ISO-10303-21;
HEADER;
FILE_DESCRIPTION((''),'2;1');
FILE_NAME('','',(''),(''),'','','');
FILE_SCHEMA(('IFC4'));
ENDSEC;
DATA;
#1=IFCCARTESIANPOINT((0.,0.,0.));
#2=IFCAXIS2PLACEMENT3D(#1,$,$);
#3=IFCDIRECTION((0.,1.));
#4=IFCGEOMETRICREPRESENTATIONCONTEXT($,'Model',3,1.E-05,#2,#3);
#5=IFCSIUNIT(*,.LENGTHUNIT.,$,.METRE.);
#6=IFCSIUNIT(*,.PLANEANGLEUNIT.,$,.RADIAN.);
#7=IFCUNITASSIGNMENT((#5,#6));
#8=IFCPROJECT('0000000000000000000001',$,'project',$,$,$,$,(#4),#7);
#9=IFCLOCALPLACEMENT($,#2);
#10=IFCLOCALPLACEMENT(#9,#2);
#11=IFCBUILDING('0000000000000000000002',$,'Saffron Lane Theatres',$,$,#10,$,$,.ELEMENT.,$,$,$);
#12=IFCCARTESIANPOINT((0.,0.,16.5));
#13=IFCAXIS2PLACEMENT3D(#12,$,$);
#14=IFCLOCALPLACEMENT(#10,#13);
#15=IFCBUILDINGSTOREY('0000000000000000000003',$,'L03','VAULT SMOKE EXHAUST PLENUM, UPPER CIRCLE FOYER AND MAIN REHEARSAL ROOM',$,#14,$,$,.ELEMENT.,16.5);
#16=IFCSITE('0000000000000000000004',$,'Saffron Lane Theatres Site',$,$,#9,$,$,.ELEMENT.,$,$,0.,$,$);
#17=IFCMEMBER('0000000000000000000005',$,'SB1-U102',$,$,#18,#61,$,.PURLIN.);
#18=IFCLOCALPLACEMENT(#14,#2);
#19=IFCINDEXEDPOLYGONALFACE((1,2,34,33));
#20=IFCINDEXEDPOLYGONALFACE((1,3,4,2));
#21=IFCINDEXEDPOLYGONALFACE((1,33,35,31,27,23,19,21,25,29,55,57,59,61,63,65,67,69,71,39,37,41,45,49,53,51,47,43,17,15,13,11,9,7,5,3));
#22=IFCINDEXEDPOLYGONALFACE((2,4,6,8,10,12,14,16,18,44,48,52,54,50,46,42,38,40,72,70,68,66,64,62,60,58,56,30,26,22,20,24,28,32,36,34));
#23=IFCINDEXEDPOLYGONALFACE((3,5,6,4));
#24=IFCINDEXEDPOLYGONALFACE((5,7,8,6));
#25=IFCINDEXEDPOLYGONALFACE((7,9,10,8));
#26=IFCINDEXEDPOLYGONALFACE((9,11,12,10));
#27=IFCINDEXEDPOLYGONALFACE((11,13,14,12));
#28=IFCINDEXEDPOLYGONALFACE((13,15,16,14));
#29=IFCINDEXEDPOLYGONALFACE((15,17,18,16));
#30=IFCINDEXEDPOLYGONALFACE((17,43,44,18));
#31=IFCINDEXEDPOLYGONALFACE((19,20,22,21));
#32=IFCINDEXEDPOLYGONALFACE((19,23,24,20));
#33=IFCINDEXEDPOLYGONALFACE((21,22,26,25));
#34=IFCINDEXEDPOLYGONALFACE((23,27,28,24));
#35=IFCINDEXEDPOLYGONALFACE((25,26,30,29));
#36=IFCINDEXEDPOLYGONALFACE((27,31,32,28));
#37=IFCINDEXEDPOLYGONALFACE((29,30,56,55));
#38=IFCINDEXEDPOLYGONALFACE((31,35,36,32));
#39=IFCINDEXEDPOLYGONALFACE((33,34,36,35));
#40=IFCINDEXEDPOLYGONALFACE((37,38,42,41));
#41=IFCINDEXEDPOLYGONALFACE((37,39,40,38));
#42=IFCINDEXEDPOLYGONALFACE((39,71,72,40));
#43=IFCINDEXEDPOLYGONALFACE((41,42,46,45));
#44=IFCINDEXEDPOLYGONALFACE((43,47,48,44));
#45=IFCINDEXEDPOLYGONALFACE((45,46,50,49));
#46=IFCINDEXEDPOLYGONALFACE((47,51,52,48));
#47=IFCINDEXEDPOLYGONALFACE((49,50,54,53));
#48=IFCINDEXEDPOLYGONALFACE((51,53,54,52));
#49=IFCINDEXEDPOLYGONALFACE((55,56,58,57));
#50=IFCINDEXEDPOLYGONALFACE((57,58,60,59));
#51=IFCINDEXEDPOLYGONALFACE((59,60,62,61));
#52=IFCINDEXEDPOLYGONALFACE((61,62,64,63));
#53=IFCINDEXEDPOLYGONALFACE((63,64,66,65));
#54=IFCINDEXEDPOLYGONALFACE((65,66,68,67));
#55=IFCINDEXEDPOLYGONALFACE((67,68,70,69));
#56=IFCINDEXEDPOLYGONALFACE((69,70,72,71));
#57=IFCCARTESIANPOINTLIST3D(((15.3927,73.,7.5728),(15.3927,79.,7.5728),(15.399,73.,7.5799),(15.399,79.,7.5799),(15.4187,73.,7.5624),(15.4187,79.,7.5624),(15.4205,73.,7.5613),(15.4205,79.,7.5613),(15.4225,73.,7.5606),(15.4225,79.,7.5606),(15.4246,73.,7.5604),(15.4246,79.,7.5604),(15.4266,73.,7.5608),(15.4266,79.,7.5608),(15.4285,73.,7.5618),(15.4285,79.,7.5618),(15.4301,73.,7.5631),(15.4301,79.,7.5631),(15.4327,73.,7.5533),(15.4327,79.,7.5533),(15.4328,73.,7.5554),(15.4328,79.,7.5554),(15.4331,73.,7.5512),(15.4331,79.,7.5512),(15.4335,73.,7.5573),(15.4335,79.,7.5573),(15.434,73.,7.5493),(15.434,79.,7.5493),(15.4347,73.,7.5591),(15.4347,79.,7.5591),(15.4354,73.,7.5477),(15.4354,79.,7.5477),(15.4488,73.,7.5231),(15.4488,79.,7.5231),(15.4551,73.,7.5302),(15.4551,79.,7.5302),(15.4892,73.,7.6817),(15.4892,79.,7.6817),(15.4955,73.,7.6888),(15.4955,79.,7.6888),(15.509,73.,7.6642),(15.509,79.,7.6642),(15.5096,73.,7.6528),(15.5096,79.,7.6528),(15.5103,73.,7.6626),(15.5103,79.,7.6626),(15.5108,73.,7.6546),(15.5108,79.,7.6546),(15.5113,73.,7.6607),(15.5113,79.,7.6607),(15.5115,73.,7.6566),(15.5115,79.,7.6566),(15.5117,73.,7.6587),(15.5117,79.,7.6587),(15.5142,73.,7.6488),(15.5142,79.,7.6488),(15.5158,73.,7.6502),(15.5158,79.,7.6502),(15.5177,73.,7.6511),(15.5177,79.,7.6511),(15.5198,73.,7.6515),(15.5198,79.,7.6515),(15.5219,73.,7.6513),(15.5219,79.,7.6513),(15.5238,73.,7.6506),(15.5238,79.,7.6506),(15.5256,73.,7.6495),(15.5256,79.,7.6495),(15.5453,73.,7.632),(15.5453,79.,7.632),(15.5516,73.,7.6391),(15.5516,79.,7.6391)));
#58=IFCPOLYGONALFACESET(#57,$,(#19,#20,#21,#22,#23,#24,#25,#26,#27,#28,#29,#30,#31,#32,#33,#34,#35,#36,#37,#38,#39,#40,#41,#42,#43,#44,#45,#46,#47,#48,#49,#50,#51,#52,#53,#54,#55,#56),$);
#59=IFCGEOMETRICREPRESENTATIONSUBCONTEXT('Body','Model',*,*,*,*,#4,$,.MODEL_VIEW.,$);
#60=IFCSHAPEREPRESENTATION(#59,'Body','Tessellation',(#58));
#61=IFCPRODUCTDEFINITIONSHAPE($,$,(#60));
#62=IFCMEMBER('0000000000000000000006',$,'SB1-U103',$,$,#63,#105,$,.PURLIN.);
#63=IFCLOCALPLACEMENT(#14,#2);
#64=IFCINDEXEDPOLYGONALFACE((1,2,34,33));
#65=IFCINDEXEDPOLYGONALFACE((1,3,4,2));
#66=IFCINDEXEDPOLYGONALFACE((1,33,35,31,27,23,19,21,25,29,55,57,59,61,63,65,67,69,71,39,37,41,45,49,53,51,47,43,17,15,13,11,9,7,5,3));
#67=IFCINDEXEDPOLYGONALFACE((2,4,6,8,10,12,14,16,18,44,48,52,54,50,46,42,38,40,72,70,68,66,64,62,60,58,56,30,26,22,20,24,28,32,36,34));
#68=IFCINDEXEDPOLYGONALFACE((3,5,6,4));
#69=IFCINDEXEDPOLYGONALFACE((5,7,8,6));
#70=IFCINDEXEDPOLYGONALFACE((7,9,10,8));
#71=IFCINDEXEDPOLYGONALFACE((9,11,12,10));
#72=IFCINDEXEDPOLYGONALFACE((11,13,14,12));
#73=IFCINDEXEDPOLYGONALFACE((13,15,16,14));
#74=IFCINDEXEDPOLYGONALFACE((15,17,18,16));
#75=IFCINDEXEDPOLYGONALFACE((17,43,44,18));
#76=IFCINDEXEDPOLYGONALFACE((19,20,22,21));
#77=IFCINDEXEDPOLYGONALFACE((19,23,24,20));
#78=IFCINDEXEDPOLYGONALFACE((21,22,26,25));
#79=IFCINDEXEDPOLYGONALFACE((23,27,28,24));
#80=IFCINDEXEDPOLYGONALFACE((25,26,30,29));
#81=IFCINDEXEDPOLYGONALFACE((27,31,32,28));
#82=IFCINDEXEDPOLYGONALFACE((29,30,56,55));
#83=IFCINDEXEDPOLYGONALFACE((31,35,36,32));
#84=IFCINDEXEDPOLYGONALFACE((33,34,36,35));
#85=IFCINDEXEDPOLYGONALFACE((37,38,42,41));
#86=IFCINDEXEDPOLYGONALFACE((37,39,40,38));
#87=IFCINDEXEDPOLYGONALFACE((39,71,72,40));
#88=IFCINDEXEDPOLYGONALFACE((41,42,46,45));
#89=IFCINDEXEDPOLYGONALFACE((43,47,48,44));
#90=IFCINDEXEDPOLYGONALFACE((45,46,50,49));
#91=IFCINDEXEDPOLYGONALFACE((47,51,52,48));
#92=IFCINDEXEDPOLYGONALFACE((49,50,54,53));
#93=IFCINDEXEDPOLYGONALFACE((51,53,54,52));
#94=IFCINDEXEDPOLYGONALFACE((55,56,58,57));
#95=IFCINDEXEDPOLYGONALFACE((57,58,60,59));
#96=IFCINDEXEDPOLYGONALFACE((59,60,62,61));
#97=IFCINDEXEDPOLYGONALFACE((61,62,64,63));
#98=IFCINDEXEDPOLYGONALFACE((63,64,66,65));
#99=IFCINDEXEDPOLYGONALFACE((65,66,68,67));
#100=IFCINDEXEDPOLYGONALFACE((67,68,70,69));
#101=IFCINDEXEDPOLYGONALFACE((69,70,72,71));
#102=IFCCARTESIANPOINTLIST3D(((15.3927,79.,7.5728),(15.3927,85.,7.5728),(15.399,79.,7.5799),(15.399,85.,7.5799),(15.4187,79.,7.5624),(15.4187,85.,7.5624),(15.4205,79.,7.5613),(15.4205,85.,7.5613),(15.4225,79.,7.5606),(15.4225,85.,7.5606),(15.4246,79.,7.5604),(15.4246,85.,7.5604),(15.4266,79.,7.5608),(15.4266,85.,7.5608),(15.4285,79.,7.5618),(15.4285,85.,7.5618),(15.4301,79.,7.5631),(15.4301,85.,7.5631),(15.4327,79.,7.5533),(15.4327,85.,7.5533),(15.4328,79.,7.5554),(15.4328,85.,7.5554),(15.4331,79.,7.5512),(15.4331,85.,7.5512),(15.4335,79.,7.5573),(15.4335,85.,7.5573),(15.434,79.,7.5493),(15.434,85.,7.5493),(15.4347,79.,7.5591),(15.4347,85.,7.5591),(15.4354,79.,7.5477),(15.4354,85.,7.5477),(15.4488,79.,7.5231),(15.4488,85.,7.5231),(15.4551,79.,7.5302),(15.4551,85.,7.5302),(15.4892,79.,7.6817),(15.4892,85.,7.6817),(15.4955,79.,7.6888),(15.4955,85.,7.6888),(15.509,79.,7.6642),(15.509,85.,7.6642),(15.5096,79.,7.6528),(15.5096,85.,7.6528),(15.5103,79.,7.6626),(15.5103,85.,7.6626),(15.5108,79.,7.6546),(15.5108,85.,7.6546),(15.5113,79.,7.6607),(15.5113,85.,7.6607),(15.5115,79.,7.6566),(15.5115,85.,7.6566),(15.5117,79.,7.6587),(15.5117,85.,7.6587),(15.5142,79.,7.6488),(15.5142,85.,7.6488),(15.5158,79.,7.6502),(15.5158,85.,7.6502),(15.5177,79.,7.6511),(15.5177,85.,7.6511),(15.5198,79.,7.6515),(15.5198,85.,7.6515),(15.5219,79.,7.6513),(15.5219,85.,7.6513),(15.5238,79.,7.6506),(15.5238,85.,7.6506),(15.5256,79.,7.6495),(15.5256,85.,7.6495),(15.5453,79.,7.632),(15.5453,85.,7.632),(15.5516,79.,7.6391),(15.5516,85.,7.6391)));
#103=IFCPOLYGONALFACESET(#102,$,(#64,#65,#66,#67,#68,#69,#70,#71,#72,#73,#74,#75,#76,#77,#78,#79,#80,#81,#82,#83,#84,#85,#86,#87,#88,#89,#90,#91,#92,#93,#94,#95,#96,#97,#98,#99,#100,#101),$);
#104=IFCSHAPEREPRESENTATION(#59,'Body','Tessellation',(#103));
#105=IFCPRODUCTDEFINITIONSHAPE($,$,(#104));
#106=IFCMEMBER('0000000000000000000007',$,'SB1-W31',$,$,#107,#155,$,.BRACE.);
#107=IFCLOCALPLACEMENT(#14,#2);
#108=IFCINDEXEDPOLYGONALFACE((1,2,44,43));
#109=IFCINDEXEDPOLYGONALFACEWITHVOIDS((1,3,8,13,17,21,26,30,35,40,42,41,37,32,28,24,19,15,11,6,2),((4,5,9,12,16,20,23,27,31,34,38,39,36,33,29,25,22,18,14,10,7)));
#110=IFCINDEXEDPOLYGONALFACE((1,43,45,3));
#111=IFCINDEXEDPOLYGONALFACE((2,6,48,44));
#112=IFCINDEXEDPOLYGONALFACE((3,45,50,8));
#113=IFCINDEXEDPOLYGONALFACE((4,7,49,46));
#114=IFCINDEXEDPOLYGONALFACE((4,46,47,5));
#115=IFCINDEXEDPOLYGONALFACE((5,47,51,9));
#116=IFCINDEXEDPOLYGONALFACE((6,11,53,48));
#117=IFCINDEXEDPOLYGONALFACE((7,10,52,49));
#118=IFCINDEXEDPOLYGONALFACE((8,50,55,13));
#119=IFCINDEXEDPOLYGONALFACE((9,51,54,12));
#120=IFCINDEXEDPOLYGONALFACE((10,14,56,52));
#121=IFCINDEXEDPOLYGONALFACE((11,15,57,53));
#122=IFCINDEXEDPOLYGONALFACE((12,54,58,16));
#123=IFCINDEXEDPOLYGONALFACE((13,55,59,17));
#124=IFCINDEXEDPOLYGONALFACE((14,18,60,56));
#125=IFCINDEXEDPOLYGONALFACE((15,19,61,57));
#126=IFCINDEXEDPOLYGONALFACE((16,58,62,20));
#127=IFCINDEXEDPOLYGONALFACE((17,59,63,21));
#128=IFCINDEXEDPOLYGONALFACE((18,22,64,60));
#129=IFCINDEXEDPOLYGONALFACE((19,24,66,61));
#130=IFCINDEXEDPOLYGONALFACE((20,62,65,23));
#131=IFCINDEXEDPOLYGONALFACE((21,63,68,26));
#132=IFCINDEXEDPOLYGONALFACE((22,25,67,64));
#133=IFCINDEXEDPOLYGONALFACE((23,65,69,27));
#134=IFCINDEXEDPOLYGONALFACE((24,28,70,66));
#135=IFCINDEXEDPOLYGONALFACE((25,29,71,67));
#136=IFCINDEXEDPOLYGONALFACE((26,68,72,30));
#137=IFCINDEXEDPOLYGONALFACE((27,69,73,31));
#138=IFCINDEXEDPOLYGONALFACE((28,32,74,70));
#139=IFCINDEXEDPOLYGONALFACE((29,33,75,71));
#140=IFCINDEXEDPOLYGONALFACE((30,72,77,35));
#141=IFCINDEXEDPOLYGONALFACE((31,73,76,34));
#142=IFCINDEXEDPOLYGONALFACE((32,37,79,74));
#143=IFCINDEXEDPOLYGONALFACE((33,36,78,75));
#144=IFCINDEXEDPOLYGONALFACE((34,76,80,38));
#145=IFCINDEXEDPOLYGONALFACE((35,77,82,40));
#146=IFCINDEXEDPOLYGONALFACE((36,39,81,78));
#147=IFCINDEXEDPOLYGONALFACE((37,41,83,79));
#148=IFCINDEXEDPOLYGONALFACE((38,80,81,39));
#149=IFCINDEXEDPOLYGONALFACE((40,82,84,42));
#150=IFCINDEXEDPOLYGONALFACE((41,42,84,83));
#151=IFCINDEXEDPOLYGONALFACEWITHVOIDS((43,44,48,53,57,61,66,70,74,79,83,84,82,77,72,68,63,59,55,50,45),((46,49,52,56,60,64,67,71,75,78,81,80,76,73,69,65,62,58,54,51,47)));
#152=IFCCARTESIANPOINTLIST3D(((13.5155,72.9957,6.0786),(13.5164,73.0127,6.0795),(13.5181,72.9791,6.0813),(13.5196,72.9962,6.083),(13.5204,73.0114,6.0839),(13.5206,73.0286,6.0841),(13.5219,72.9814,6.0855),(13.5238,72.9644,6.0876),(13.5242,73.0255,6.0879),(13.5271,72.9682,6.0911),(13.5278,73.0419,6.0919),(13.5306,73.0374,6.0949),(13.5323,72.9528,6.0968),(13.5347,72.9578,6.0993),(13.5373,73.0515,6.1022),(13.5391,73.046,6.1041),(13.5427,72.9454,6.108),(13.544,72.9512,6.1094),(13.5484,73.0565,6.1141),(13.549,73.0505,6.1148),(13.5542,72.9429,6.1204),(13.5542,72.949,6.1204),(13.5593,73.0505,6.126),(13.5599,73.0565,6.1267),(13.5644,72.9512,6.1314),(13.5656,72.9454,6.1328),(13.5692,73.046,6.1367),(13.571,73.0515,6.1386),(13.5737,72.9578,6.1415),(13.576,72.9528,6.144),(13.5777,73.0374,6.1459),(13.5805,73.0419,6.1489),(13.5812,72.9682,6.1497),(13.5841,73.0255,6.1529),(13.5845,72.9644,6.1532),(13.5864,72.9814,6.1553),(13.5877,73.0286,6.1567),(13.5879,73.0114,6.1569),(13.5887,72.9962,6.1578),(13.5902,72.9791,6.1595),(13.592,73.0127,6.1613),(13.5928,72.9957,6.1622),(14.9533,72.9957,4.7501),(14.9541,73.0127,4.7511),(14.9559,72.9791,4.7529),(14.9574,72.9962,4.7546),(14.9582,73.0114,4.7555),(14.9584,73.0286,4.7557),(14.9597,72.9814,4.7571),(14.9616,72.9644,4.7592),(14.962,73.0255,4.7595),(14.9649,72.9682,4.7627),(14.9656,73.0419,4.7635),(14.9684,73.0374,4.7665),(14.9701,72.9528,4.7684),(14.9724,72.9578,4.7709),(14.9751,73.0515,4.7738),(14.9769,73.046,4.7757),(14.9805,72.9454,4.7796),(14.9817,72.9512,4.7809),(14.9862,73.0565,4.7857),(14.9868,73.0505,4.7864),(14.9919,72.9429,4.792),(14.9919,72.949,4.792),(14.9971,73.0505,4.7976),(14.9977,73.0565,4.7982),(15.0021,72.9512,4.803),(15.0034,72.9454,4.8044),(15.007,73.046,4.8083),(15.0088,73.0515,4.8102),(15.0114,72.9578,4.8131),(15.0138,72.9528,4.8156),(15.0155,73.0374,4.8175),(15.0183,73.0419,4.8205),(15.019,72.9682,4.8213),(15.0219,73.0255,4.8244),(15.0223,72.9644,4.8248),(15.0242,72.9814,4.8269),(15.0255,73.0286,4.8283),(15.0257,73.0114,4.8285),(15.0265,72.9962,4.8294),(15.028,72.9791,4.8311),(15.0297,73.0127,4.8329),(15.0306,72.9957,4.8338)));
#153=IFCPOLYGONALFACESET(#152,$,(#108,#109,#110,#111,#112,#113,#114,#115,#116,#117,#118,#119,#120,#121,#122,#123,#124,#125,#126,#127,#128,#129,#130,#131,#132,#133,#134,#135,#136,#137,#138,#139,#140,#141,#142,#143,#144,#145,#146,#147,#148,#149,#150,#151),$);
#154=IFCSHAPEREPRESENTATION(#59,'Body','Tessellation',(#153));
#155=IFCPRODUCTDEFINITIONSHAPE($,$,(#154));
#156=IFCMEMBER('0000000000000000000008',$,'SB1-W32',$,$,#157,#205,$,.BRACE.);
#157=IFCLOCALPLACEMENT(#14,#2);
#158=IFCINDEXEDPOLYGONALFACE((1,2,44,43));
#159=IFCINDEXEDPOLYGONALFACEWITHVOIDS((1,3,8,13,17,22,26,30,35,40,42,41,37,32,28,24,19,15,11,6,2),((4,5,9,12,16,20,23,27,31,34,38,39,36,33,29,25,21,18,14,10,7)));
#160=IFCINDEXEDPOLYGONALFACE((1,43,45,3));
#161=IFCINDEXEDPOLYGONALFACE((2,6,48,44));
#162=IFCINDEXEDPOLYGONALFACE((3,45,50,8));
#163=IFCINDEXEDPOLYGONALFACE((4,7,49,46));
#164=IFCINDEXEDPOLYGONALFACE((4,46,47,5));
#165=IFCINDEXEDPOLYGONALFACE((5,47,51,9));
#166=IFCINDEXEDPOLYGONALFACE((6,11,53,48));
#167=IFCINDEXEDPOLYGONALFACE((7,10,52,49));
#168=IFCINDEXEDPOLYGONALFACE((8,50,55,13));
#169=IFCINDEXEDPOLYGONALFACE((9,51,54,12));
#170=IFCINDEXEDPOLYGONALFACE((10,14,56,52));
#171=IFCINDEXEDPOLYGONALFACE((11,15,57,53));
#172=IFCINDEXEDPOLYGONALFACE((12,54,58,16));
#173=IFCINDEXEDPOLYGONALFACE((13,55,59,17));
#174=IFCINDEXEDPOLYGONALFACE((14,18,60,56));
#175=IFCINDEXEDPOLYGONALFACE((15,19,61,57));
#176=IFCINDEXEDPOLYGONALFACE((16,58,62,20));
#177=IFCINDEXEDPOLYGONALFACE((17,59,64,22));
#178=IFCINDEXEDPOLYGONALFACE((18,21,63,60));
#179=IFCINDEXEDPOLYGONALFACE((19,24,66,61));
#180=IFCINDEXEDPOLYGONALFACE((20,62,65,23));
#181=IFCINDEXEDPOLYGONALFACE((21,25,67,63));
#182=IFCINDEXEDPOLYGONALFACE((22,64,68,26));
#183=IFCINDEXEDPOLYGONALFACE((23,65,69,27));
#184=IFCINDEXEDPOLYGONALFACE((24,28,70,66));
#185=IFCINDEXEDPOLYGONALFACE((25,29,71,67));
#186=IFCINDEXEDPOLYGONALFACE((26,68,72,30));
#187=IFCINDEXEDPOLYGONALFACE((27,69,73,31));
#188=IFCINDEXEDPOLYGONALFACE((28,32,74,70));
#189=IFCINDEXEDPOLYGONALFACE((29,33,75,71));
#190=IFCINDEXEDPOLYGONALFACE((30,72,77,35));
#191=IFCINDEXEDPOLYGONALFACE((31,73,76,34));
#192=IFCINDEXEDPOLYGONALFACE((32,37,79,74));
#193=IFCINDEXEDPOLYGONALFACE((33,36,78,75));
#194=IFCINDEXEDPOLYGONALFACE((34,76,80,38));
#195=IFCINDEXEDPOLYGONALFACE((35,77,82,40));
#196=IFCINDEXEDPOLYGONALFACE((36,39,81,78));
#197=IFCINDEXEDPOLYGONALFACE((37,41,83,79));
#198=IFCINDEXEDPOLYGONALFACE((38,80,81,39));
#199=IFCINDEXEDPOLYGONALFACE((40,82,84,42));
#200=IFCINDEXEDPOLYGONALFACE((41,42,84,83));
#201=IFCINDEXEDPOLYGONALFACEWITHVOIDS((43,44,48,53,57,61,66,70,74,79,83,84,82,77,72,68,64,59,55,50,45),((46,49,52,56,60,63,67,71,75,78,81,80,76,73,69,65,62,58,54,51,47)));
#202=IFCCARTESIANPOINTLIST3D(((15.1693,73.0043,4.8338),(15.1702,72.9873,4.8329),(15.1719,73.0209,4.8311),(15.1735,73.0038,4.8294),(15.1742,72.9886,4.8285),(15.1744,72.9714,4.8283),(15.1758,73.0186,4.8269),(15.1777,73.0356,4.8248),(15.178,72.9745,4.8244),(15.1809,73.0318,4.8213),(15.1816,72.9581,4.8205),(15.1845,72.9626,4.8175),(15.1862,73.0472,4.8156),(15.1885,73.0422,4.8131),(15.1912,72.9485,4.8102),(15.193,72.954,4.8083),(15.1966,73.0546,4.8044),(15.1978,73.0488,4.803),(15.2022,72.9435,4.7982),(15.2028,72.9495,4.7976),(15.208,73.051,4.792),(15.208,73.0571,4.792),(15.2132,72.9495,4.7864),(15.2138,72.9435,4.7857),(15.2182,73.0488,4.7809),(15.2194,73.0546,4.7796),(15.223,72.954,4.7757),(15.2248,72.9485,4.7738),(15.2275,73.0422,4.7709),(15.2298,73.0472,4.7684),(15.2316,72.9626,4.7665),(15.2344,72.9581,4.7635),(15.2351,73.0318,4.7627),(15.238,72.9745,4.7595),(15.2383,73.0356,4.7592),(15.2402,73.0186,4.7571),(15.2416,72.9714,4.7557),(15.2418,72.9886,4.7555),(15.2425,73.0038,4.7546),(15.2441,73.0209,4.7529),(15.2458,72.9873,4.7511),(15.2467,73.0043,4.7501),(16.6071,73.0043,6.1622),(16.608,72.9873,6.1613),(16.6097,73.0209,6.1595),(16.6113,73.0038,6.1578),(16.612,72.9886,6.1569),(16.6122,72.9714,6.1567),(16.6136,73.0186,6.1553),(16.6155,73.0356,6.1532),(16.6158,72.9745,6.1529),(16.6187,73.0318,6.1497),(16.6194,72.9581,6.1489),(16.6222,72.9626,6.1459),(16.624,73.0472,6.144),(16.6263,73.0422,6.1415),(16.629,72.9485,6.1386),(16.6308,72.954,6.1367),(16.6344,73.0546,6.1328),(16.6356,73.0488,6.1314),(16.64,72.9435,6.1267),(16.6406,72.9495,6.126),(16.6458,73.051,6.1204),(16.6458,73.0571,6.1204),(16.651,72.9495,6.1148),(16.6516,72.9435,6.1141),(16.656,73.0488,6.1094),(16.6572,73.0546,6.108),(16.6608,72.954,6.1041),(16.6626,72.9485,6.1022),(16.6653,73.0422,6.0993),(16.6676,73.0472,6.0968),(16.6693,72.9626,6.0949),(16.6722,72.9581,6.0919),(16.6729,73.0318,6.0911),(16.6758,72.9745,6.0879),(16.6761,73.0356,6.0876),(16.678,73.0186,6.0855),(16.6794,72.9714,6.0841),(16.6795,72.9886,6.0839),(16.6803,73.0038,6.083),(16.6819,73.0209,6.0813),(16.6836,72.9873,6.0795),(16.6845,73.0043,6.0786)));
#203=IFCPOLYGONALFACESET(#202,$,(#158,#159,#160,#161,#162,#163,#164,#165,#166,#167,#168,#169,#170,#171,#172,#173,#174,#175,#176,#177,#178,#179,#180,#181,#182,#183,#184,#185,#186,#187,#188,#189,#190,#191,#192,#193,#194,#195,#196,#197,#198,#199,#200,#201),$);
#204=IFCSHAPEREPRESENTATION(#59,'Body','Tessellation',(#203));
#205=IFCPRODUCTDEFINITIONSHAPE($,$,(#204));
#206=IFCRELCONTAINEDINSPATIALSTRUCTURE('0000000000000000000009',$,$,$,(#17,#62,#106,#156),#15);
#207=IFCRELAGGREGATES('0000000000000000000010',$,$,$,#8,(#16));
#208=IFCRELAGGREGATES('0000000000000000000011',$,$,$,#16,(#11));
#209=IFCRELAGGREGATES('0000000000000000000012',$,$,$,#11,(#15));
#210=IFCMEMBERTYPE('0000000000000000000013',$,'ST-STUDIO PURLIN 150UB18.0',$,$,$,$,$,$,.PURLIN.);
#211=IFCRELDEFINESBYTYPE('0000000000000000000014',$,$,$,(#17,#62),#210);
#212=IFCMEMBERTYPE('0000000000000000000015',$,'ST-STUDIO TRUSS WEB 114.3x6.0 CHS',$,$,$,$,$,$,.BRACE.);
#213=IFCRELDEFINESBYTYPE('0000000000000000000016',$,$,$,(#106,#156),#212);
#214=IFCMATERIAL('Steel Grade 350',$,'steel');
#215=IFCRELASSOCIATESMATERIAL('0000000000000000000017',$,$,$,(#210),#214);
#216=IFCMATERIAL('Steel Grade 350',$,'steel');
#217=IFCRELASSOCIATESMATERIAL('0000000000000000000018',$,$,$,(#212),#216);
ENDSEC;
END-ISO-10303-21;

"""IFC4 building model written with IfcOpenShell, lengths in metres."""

from ifc_helpers import new_model, si_unit, direction, frame, origin, origin_2d, place, context, subcontext, project, spatial, hollow_circle, i_section, extrude, material, material_profile, profile_set, type_object, element, save


model = new_model("IFC4")

# Units and contexts
model_context = context("Model", 3, precision=1e-05, world=origin(), true_north=direction((0.0, 1.0)))
body_context = subcontext(model_context, "Body", "Model", "MODEL_VIEW")
ifc_project = project(units=[si_unit("LENGTHUNIT", "METRE"), si_unit("PLANEANGLEUNIT", "RADIAN")], contexts=[model_context])

# Site, building, storey
site_placement = place(None, origin())
site = spatial("IfcSite", under=ifc_project, at=site_placement, Name="Saffron Lane Theatres Site", CompositionType="ELEMENT", RefElevation=0.0)
building_placement = place(site_placement, origin())
building = spatial("IfcBuilding", under=site, at=building_placement, Name="Saffron Lane Theatres", CompositionType="ELEMENT")
storey_placement = place(building_placement, frame((0.0, 0.0, 16.5)))
storey = spatial("IfcBuildingStorey", under=building, at=storey_placement, Name="L03", Description="VAULT SMOKE EXHAUST PLENUM, UPPER CIRCLE FOYER AND MAIN REHEARSAL ROOM", CompositionType="ELEMENT", Elevation=16.5)

# Members
ifc_material_1 = material(Name="Steel Grade 350", Category="steel")
ifc_material_profile_1 = material_profile(ifc_material_1, i_section(OverallWidth=0.075, OverallDepth=0.155, WebThickness=0.0061, FlangeThickness=0.0095, FilletRadius=0.0081, at=origin_2d()))
ifc_profile_set_1 = profile_set([ifc_material_profile_1], Name="Steel Grade 350")
member_type_1 = type_object("IfcMemberType", Name="ST-STUDIO PURLIN 150UB18.0", PredefinedType="PURLIN", material=ifc_profile_set_1)
for number, where, z_axis, x_axis, name in (
    (1, (15.4722, 73.0, 7.606), (0.0, 1.0, 0.0), (-0.748269, 0.0, 0.663396), "SB1-U102"),
    (2, (15.4722, 79.0, 7.606), (0.0, 1.0, 0.0), (-0.748269, 0.0, 0.663396), "SB1-U103"),
):
    element("IfcMember", number, at=place(storey_placement, frame(where, z_axis=z_axis, x_axis=x_axis)), inside=storey, type_object=member_type_1, Name=name, PredefinedType="PURLIN", context=body_context, shape_type="SweptSolid", body=[
        extrude(i_section(OverallWidth=0.075, OverallDepth=0.155, WebThickness=0.0061, FlangeThickness=0.0095, FilletRadius=0.0081, at=origin_2d()), origin(), (0.0, 0.0, 1.0), 6.0),
    ])
ifc_material_2 = material(Name="Steel Grade 350", Category="steel")
ifc_material_profile_2 = material_profile(ifc_material_2, hollow_circle(Radius=0.0571, WallThickness=0.0061, at=origin_2d()))
ifc_profile_set_2 = profile_set([ifc_material_profile_2], Name="Steel Grade 350")
member_type_2 = type_object("IfcMemberType", Name="ST-STUDIO TRUSS WEB 114.3x6.0 CHS", PredefinedType="BRACE", material=ifc_profile_set_2)
for number, where, z_axis, x_axis, name in (
    (3, (14.9919, 73.0, 4.792), (-0.734493, 0.0, 0.678617), (0.0, -1.0, 0.0), "SB1-W31"),
    (4, (15.208, 73.0, 4.792), (0.734493, 0.0, 0.678617), (0.0, 1.0, 0.0), "SB1-W32"),
):
    element("IfcMember", number, at=place(storey_placement, frame(where, z_axis=z_axis, x_axis=x_axis)), inside=storey, type_object=member_type_2, Name=name, PredefinedType="BRACE", context=body_context, shape_type="SweptSolid", body=[
        extrude(hollow_circle(Radius=0.0571, WallThickness=0.0061, at=origin_2d()), origin(), (0.0, 0.0, 1.0), 1.9575),
    ])

save(model, "model.ifc")
